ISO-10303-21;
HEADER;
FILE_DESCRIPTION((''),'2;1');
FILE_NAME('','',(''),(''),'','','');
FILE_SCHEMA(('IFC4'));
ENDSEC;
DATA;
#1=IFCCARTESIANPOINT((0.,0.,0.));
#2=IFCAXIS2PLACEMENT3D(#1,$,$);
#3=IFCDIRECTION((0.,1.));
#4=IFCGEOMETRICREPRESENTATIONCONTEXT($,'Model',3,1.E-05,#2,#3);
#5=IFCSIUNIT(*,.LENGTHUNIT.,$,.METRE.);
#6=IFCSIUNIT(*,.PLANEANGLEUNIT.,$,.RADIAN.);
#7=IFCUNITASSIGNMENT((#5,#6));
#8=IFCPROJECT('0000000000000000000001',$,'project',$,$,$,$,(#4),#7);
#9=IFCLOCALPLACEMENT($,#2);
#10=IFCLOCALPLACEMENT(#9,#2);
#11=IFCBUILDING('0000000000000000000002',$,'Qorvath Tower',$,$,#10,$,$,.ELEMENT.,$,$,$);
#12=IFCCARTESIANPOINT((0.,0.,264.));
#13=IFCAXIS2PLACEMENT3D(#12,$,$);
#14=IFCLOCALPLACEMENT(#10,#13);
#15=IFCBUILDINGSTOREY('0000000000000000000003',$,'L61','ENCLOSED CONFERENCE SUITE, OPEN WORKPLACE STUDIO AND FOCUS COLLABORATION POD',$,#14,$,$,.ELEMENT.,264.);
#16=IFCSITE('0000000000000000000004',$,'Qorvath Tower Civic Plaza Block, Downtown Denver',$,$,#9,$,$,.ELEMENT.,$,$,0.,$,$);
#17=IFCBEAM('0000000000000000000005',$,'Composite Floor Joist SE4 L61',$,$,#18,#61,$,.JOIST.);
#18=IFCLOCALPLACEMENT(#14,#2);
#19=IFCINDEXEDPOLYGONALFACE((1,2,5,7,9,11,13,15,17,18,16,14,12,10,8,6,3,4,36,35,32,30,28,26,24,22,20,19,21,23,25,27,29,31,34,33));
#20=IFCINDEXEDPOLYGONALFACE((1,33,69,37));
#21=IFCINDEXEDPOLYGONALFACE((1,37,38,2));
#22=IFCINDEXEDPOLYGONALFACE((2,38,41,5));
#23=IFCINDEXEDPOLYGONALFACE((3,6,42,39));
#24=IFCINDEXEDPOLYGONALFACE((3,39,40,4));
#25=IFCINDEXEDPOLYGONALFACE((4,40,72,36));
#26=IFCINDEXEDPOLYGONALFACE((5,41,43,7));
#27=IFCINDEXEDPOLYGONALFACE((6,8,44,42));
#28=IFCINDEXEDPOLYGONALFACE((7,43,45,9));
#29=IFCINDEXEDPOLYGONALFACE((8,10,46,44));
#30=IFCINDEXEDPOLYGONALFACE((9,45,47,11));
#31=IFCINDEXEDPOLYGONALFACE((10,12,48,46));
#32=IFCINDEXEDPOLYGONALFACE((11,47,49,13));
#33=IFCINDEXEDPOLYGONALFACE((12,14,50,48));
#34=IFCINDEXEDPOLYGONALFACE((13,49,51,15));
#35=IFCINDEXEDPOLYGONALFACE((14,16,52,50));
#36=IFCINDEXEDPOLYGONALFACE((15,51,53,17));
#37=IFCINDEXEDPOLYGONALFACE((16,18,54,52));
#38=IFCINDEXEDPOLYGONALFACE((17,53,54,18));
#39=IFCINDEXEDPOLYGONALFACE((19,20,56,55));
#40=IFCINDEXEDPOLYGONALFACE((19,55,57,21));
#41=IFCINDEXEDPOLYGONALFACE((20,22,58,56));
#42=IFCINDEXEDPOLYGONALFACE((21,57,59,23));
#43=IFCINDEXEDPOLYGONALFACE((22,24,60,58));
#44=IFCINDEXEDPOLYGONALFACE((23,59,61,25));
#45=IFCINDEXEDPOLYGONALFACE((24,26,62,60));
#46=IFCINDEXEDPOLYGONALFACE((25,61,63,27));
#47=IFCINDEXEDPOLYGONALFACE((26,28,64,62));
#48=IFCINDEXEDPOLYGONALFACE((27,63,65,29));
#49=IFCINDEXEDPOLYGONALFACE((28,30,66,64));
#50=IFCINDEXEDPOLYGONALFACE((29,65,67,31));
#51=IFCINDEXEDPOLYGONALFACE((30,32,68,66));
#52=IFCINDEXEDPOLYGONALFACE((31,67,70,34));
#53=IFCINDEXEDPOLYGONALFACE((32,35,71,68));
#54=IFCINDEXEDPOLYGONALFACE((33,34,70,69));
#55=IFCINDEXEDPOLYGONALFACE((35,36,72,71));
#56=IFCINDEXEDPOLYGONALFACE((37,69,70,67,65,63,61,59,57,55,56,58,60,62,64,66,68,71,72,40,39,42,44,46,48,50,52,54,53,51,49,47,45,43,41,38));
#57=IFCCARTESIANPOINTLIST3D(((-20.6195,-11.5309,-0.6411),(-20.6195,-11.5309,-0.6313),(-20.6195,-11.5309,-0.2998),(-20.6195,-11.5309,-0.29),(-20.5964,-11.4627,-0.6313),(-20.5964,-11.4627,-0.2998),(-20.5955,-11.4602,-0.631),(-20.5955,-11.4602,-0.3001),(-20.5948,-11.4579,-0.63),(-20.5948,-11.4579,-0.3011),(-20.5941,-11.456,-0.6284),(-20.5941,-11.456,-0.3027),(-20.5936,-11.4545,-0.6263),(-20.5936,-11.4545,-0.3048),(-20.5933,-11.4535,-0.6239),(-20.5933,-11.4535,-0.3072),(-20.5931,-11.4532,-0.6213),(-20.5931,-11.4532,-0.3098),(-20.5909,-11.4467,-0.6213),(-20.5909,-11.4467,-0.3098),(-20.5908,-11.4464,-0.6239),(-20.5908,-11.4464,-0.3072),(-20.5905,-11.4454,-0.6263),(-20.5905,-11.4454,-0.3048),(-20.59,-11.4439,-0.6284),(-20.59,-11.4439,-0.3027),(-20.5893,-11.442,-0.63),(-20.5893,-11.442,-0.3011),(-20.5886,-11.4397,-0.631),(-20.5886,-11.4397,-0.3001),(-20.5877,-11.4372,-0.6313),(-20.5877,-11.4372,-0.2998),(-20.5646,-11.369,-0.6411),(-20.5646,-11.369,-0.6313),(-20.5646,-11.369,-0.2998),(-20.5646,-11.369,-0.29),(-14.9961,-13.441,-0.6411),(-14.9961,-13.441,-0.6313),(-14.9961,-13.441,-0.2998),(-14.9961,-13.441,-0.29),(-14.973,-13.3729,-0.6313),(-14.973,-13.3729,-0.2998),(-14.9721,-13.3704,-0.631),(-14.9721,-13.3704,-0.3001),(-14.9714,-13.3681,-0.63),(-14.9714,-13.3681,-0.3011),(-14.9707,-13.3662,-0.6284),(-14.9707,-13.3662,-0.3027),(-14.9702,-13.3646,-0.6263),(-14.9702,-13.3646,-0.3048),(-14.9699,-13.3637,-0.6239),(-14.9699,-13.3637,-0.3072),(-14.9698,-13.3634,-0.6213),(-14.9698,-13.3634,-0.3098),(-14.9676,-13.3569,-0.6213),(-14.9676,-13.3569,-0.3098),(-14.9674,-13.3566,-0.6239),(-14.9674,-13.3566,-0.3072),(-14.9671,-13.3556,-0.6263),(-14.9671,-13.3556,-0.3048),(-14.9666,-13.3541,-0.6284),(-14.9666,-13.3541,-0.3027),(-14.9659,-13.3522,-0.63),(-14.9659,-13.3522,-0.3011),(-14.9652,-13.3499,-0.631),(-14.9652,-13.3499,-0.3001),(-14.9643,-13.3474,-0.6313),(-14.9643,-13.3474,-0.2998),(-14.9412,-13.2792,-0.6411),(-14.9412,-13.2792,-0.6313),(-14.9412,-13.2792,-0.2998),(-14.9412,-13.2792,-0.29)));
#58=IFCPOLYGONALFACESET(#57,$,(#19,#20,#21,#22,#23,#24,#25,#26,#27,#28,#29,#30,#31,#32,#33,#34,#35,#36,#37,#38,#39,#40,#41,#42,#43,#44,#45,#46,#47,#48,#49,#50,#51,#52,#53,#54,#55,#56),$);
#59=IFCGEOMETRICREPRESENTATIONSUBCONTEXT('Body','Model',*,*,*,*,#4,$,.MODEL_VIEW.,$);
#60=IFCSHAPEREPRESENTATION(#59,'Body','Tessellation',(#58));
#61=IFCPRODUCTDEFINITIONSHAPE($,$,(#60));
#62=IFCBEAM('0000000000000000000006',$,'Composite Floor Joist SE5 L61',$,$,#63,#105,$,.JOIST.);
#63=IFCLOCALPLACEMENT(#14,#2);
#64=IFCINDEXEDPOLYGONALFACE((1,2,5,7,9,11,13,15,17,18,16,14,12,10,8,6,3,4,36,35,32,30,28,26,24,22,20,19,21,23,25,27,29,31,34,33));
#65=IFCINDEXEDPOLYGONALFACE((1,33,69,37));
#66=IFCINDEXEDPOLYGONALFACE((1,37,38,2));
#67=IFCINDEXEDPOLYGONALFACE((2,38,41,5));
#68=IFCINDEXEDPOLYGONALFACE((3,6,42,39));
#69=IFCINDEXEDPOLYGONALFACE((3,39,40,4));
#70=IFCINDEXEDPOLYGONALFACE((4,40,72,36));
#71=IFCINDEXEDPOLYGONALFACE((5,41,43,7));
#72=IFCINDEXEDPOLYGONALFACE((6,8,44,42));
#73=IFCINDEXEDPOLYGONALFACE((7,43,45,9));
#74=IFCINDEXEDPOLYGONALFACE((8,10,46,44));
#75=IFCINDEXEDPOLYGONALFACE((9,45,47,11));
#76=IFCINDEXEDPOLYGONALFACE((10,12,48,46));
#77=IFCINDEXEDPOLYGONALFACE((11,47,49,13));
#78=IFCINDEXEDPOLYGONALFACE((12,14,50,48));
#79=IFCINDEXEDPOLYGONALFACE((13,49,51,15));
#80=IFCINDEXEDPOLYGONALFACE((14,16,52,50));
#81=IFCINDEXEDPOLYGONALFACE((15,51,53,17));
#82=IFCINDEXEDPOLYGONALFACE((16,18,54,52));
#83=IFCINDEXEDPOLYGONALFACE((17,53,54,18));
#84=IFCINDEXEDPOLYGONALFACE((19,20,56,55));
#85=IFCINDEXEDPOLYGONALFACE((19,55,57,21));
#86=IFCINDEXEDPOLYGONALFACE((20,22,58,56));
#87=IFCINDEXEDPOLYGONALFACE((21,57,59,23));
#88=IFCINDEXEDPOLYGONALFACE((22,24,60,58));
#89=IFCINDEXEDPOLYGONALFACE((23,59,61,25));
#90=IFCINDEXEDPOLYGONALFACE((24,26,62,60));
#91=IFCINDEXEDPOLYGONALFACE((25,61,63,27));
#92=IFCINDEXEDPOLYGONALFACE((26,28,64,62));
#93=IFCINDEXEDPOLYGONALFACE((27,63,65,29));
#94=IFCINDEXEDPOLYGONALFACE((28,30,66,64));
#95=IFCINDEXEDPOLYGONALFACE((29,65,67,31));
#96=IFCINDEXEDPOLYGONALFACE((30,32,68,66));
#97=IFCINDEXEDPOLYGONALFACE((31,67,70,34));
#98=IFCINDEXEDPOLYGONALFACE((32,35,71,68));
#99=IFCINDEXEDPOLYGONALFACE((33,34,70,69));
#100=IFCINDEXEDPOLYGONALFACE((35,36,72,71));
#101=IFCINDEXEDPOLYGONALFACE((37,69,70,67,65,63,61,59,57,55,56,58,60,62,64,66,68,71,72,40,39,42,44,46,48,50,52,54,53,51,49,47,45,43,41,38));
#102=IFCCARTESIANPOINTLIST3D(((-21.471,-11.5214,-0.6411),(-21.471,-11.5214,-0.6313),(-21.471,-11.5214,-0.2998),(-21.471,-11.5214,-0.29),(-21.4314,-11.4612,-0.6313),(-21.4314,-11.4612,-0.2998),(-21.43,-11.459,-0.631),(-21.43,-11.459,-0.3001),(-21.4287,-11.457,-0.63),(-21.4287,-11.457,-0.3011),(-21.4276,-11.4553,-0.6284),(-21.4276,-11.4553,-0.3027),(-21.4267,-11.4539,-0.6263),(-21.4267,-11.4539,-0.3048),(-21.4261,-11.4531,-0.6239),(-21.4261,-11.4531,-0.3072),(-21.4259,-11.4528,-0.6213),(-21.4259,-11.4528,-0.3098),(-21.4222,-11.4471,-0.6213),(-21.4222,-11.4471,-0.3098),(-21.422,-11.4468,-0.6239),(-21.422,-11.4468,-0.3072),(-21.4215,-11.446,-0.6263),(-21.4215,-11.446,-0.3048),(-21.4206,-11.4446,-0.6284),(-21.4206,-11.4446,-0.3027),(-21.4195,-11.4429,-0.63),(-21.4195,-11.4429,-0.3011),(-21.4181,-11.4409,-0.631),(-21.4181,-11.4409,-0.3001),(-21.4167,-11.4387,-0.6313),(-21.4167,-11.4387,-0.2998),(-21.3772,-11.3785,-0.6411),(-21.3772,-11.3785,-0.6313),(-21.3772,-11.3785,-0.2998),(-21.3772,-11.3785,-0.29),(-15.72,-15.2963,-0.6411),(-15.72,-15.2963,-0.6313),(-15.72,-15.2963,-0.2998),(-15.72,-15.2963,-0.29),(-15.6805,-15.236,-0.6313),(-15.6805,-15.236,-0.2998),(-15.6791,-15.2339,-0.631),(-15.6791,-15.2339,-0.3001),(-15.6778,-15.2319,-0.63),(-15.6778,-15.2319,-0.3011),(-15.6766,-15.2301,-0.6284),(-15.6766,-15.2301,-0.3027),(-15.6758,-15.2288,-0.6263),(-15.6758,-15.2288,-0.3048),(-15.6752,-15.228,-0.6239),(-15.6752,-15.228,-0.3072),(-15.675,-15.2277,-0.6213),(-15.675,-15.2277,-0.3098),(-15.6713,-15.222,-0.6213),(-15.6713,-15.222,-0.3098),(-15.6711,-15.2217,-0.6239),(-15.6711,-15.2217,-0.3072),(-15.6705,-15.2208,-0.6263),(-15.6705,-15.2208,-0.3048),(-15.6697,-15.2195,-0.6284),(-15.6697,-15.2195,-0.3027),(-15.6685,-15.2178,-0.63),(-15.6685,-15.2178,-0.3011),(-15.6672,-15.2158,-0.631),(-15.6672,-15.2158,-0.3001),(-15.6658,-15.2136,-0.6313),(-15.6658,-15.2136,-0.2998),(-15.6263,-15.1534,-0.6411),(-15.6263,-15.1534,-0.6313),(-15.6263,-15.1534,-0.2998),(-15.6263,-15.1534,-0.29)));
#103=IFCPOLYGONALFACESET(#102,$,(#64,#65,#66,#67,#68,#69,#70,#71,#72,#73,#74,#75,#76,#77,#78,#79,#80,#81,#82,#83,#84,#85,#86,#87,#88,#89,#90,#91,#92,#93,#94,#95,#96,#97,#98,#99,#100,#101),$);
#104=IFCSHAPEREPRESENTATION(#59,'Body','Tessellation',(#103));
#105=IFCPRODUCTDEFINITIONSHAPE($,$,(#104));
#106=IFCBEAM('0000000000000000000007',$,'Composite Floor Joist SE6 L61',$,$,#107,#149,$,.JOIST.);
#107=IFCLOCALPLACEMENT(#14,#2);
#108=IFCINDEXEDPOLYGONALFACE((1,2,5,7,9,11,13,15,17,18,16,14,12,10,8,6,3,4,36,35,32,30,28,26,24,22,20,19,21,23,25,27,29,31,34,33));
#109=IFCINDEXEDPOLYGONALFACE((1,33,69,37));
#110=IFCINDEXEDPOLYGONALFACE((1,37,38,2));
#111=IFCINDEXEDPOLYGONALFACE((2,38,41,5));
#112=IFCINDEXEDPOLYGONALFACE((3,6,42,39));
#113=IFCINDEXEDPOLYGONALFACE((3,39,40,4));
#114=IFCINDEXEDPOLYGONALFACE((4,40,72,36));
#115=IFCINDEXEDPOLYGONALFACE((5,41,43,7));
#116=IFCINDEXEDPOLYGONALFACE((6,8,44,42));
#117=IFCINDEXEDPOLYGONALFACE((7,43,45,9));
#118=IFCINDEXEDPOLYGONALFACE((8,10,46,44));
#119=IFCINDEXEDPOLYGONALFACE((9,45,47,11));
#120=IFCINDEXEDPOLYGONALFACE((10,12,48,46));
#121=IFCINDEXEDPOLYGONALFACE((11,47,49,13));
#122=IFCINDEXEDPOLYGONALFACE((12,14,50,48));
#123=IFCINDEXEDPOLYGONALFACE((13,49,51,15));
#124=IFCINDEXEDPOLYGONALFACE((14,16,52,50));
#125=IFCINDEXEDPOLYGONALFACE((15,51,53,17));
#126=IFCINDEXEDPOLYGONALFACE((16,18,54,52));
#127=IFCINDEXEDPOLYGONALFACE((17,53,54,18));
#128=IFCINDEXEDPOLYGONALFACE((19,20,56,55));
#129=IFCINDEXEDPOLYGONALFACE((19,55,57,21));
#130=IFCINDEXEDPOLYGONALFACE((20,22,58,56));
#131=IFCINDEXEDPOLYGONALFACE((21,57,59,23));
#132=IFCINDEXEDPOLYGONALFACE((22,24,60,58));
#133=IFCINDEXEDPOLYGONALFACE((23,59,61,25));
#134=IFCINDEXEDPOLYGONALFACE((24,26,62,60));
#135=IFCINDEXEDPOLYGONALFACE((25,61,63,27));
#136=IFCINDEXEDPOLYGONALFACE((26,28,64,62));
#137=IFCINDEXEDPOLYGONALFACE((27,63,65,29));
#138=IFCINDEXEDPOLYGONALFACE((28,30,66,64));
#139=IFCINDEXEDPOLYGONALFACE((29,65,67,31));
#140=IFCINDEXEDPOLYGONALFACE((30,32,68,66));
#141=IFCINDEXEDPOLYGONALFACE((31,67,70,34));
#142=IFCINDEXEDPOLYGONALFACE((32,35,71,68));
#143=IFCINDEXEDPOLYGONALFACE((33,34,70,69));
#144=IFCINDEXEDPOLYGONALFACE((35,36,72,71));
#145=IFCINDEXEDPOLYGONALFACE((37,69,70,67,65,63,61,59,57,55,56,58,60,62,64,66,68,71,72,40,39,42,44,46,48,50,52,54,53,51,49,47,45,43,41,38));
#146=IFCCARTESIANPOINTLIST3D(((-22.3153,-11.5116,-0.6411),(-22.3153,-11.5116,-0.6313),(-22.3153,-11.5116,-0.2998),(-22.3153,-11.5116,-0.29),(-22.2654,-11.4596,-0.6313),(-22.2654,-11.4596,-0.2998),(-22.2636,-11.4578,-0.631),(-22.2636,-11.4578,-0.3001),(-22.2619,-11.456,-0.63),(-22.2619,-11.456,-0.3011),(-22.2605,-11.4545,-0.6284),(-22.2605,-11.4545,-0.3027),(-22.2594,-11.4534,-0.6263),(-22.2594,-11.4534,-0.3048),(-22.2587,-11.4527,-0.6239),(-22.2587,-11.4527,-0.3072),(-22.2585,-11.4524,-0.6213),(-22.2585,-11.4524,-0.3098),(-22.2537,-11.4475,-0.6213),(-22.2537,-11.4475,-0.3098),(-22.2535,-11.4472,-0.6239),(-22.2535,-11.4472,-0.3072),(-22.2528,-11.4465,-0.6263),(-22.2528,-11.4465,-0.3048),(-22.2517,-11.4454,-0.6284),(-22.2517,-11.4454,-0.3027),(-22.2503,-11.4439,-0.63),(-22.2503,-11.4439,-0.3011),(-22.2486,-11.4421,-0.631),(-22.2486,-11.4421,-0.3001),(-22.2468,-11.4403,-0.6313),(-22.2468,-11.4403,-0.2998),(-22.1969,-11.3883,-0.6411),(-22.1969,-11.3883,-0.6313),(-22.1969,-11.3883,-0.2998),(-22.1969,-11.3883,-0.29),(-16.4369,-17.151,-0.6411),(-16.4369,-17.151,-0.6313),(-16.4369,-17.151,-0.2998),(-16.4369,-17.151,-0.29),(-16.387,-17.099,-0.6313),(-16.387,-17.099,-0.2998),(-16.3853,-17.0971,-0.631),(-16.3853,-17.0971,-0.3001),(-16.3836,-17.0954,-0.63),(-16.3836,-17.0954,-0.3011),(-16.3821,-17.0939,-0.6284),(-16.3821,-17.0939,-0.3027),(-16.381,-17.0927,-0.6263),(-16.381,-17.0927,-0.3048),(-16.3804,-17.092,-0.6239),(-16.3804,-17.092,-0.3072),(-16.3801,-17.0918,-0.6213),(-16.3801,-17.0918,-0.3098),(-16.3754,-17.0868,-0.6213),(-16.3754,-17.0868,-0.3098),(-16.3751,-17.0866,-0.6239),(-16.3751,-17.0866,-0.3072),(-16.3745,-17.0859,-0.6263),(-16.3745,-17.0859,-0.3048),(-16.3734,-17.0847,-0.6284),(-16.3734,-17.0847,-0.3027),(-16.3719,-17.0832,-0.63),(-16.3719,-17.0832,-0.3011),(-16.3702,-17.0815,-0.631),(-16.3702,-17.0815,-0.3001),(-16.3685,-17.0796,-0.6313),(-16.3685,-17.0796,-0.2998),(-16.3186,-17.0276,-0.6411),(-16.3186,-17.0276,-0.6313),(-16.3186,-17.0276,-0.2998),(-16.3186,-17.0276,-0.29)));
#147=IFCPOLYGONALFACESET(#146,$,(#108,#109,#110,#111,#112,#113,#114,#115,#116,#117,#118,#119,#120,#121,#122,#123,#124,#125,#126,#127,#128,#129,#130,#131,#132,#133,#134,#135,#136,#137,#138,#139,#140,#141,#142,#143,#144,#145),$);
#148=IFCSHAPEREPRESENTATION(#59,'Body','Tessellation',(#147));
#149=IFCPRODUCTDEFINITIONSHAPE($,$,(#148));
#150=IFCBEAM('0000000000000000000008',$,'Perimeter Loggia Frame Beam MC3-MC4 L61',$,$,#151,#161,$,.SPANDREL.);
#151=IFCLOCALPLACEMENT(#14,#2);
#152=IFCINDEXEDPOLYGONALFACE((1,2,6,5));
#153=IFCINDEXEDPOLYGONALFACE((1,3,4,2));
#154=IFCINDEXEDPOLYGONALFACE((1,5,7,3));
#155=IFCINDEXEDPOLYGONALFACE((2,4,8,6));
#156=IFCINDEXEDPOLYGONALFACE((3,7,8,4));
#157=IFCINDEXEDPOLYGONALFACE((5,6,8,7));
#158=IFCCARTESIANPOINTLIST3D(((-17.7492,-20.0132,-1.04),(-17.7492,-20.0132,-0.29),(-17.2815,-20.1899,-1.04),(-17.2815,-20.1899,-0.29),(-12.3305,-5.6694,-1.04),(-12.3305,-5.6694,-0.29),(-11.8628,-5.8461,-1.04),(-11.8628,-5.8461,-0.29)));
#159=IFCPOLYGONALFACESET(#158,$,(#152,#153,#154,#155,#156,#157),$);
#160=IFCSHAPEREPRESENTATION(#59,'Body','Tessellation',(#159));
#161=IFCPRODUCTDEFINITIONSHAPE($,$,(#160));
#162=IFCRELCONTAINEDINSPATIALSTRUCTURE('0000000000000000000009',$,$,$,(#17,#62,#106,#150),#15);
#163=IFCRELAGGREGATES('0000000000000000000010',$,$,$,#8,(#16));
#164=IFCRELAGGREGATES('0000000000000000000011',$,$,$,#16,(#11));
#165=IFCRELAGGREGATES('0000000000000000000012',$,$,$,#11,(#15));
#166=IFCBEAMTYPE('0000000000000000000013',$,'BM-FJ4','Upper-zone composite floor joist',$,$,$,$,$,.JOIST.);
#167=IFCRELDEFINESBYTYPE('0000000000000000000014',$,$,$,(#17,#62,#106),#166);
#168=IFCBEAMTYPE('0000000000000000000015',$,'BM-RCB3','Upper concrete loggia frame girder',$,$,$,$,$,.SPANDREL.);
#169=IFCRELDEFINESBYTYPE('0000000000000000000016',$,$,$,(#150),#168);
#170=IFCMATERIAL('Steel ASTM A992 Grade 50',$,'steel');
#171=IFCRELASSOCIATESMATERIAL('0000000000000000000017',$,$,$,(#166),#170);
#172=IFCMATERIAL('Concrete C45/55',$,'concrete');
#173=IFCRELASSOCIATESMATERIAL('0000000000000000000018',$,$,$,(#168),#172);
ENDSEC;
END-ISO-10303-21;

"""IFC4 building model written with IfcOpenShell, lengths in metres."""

from ifc_helpers import new_model, si_unit, direction, frame, origin, origin_2d, place, context, subcontext, project, spatial, rectangle, i_section, extrude, material, material_profile, profile_set, type_object, element, save


model = new_model("IFC4")

# Units and contexts
model_context = context("Model", 3, precision=1e-05, world=origin(), true_north=direction((0.0, 1.0)))
body_context = subcontext(model_context, "Body", "Model", "MODEL_VIEW")
ifc_project = project(units=[si_unit("LENGTHUNIT", "METRE"), si_unit("PLANEANGLEUNIT", "RADIAN")], contexts=[model_context])

# Site, building, storey
site_placement = place(None, origin())
site = spatial("IfcSite", under=ifc_project, at=site_placement, Name="Qorvath Tower Civic Plaza Block, Downtown Denver", CompositionType="ELEMENT", RefElevation=0.0)
building_placement = place(site_placement, origin())
building = spatial("IfcBuilding", under=site, at=building_placement, Name="Qorvath Tower", CompositionType="ELEMENT")
storey_placement = place(building_placement, frame((0.0, 0.0, 264.0)))
storey = spatial("IfcBuildingStorey", under=building, at=storey_placement, Name="L61", Description="ENCLOSED CONFERENCE SUITE, OPEN WORKPLACE STUDIO AND FOCUS COLLABORATION POD", CompositionType="ELEMENT", Elevation=264.0)

# Beams
ifc_material_1 = material(Name="Steel ASTM A992 Grade 50", Category="steel")
ifc_material_profile_1 = material_profile(ifc_material_1, i_section(OverallWidth=0.1709, OverallDepth=0.3511, WebThickness=0.0068, FlangeThickness=0.0098, FilletRadius=0.01, at=origin_2d()), Name="W14x30")
ifc_profile_set_1 = profile_set([ifc_material_profile_1], Name="Steel ASTM A992 Grade 50")
beam_type_1 = type_object("IfcBeamType", Name="BM-FJ4", Description="Upper-zone composite floor joist", PredefinedType="JOIST", material=ifc_profile_set_1)
beam_1_placement = place(storey_placement, frame((-20.592, -11.45, -0.4656), z_axis=(0.946863, -0.321637, 0.0), x_axis=(0.321637, 0.946863, 0.0)))
element("IfcBeam", 1, at=beam_1_placement, inside=storey, type_object=beam_type_1, Name="Composite Floor Joist SE4 L61", PredefinedType="JOIST", context=body_context, shape_type="SweptSolid", body=[
    extrude(i_section(OverallWidth=0.1709, OverallDepth=0.3511, WebThickness=0.0068, FlangeThickness=0.0098, FilletRadius=0.01, at=origin_2d()), origin(), (0.0, 0.0, 1.0), 5.939),
])
beam_2_placement = place(storey_placement, frame((-21.4241, -11.45, -0.4656), z_axis=(0.835993, -0.54874, 0.0), x_axis=(0.54874, 0.835993, 0.0)))
element("IfcBeam", 2, at=beam_2_placement, inside=storey, type_object=beam_type_1, Name="Composite Floor Joist SE5 L61", PredefinedType="JOIST", context=body_context, shape_type="SweptSolid", body=[
    extrude(i_section(OverallWidth=0.1709, OverallDepth=0.3511, WebThickness=0.0068, FlangeThickness=0.0098, FilletRadius=0.01, at=origin_2d()), origin(), (0.0, 0.0, 1.0), 6.8792),
])
beam_3_placement = place(storey_placement, frame((-22.2561, -11.45, -0.4656), z_axis=(0.721625, -0.692284, 0.0), x_axis=(0.692284, 0.721625, 0.0)))
element("IfcBeam", 3, at=beam_3_placement, inside=storey, type_object=beam_type_1, Name="Composite Floor Joist SE6 L61", PredefinedType="JOIST", context=body_context, shape_type="SweptSolid", body=[
    extrude(i_section(OverallWidth=0.1709, OverallDepth=0.3511, WebThickness=0.0068, FlangeThickness=0.0098, FilletRadius=0.01, at=origin_2d()), origin(), (0.0, 0.0, 1.0), 8.146),
])
ifc_material_2 = material(Name="Concrete C45/55", Category="concrete")
ifc_material_profile_2 = material_profile(ifc_material_2, rectangle(XDim=0.5, YDim=0.75, at=origin_2d()), Name="RCB 750x500")
ifc_profile_set_2 = profile_set([ifc_material_profile_2], Name="Concrete C45/55")
beam_type_2 = type_object("IfcBeamType", Name="BM-RCB3", Description="Upper concrete loggia frame girder", PredefinedType="SPANDREL", material=ifc_profile_set_2)
beam_4_placement = place(storey_placement, frame((-17.5154, -20.1016, -0.665), z_axis=(0.353398, 0.935473, 0.0), x_axis=(-0.935473, 0.353398, 0.0)))
element("IfcBeam", 4, at=beam_4_placement, inside=storey, type_object=beam_type_2, Name="Perimeter Loggia Frame Beam MC3-MC4 L61", PredefinedType="SPANDREL", context=body_context, shape_type="SweptSolid", body=[
    extrude(rectangle(XDim=0.5, YDim=0.75, at=origin_2d()), origin(), (0.0, 0.0, 1.0), 15.3333),
])

save(model, "model.ifc")
